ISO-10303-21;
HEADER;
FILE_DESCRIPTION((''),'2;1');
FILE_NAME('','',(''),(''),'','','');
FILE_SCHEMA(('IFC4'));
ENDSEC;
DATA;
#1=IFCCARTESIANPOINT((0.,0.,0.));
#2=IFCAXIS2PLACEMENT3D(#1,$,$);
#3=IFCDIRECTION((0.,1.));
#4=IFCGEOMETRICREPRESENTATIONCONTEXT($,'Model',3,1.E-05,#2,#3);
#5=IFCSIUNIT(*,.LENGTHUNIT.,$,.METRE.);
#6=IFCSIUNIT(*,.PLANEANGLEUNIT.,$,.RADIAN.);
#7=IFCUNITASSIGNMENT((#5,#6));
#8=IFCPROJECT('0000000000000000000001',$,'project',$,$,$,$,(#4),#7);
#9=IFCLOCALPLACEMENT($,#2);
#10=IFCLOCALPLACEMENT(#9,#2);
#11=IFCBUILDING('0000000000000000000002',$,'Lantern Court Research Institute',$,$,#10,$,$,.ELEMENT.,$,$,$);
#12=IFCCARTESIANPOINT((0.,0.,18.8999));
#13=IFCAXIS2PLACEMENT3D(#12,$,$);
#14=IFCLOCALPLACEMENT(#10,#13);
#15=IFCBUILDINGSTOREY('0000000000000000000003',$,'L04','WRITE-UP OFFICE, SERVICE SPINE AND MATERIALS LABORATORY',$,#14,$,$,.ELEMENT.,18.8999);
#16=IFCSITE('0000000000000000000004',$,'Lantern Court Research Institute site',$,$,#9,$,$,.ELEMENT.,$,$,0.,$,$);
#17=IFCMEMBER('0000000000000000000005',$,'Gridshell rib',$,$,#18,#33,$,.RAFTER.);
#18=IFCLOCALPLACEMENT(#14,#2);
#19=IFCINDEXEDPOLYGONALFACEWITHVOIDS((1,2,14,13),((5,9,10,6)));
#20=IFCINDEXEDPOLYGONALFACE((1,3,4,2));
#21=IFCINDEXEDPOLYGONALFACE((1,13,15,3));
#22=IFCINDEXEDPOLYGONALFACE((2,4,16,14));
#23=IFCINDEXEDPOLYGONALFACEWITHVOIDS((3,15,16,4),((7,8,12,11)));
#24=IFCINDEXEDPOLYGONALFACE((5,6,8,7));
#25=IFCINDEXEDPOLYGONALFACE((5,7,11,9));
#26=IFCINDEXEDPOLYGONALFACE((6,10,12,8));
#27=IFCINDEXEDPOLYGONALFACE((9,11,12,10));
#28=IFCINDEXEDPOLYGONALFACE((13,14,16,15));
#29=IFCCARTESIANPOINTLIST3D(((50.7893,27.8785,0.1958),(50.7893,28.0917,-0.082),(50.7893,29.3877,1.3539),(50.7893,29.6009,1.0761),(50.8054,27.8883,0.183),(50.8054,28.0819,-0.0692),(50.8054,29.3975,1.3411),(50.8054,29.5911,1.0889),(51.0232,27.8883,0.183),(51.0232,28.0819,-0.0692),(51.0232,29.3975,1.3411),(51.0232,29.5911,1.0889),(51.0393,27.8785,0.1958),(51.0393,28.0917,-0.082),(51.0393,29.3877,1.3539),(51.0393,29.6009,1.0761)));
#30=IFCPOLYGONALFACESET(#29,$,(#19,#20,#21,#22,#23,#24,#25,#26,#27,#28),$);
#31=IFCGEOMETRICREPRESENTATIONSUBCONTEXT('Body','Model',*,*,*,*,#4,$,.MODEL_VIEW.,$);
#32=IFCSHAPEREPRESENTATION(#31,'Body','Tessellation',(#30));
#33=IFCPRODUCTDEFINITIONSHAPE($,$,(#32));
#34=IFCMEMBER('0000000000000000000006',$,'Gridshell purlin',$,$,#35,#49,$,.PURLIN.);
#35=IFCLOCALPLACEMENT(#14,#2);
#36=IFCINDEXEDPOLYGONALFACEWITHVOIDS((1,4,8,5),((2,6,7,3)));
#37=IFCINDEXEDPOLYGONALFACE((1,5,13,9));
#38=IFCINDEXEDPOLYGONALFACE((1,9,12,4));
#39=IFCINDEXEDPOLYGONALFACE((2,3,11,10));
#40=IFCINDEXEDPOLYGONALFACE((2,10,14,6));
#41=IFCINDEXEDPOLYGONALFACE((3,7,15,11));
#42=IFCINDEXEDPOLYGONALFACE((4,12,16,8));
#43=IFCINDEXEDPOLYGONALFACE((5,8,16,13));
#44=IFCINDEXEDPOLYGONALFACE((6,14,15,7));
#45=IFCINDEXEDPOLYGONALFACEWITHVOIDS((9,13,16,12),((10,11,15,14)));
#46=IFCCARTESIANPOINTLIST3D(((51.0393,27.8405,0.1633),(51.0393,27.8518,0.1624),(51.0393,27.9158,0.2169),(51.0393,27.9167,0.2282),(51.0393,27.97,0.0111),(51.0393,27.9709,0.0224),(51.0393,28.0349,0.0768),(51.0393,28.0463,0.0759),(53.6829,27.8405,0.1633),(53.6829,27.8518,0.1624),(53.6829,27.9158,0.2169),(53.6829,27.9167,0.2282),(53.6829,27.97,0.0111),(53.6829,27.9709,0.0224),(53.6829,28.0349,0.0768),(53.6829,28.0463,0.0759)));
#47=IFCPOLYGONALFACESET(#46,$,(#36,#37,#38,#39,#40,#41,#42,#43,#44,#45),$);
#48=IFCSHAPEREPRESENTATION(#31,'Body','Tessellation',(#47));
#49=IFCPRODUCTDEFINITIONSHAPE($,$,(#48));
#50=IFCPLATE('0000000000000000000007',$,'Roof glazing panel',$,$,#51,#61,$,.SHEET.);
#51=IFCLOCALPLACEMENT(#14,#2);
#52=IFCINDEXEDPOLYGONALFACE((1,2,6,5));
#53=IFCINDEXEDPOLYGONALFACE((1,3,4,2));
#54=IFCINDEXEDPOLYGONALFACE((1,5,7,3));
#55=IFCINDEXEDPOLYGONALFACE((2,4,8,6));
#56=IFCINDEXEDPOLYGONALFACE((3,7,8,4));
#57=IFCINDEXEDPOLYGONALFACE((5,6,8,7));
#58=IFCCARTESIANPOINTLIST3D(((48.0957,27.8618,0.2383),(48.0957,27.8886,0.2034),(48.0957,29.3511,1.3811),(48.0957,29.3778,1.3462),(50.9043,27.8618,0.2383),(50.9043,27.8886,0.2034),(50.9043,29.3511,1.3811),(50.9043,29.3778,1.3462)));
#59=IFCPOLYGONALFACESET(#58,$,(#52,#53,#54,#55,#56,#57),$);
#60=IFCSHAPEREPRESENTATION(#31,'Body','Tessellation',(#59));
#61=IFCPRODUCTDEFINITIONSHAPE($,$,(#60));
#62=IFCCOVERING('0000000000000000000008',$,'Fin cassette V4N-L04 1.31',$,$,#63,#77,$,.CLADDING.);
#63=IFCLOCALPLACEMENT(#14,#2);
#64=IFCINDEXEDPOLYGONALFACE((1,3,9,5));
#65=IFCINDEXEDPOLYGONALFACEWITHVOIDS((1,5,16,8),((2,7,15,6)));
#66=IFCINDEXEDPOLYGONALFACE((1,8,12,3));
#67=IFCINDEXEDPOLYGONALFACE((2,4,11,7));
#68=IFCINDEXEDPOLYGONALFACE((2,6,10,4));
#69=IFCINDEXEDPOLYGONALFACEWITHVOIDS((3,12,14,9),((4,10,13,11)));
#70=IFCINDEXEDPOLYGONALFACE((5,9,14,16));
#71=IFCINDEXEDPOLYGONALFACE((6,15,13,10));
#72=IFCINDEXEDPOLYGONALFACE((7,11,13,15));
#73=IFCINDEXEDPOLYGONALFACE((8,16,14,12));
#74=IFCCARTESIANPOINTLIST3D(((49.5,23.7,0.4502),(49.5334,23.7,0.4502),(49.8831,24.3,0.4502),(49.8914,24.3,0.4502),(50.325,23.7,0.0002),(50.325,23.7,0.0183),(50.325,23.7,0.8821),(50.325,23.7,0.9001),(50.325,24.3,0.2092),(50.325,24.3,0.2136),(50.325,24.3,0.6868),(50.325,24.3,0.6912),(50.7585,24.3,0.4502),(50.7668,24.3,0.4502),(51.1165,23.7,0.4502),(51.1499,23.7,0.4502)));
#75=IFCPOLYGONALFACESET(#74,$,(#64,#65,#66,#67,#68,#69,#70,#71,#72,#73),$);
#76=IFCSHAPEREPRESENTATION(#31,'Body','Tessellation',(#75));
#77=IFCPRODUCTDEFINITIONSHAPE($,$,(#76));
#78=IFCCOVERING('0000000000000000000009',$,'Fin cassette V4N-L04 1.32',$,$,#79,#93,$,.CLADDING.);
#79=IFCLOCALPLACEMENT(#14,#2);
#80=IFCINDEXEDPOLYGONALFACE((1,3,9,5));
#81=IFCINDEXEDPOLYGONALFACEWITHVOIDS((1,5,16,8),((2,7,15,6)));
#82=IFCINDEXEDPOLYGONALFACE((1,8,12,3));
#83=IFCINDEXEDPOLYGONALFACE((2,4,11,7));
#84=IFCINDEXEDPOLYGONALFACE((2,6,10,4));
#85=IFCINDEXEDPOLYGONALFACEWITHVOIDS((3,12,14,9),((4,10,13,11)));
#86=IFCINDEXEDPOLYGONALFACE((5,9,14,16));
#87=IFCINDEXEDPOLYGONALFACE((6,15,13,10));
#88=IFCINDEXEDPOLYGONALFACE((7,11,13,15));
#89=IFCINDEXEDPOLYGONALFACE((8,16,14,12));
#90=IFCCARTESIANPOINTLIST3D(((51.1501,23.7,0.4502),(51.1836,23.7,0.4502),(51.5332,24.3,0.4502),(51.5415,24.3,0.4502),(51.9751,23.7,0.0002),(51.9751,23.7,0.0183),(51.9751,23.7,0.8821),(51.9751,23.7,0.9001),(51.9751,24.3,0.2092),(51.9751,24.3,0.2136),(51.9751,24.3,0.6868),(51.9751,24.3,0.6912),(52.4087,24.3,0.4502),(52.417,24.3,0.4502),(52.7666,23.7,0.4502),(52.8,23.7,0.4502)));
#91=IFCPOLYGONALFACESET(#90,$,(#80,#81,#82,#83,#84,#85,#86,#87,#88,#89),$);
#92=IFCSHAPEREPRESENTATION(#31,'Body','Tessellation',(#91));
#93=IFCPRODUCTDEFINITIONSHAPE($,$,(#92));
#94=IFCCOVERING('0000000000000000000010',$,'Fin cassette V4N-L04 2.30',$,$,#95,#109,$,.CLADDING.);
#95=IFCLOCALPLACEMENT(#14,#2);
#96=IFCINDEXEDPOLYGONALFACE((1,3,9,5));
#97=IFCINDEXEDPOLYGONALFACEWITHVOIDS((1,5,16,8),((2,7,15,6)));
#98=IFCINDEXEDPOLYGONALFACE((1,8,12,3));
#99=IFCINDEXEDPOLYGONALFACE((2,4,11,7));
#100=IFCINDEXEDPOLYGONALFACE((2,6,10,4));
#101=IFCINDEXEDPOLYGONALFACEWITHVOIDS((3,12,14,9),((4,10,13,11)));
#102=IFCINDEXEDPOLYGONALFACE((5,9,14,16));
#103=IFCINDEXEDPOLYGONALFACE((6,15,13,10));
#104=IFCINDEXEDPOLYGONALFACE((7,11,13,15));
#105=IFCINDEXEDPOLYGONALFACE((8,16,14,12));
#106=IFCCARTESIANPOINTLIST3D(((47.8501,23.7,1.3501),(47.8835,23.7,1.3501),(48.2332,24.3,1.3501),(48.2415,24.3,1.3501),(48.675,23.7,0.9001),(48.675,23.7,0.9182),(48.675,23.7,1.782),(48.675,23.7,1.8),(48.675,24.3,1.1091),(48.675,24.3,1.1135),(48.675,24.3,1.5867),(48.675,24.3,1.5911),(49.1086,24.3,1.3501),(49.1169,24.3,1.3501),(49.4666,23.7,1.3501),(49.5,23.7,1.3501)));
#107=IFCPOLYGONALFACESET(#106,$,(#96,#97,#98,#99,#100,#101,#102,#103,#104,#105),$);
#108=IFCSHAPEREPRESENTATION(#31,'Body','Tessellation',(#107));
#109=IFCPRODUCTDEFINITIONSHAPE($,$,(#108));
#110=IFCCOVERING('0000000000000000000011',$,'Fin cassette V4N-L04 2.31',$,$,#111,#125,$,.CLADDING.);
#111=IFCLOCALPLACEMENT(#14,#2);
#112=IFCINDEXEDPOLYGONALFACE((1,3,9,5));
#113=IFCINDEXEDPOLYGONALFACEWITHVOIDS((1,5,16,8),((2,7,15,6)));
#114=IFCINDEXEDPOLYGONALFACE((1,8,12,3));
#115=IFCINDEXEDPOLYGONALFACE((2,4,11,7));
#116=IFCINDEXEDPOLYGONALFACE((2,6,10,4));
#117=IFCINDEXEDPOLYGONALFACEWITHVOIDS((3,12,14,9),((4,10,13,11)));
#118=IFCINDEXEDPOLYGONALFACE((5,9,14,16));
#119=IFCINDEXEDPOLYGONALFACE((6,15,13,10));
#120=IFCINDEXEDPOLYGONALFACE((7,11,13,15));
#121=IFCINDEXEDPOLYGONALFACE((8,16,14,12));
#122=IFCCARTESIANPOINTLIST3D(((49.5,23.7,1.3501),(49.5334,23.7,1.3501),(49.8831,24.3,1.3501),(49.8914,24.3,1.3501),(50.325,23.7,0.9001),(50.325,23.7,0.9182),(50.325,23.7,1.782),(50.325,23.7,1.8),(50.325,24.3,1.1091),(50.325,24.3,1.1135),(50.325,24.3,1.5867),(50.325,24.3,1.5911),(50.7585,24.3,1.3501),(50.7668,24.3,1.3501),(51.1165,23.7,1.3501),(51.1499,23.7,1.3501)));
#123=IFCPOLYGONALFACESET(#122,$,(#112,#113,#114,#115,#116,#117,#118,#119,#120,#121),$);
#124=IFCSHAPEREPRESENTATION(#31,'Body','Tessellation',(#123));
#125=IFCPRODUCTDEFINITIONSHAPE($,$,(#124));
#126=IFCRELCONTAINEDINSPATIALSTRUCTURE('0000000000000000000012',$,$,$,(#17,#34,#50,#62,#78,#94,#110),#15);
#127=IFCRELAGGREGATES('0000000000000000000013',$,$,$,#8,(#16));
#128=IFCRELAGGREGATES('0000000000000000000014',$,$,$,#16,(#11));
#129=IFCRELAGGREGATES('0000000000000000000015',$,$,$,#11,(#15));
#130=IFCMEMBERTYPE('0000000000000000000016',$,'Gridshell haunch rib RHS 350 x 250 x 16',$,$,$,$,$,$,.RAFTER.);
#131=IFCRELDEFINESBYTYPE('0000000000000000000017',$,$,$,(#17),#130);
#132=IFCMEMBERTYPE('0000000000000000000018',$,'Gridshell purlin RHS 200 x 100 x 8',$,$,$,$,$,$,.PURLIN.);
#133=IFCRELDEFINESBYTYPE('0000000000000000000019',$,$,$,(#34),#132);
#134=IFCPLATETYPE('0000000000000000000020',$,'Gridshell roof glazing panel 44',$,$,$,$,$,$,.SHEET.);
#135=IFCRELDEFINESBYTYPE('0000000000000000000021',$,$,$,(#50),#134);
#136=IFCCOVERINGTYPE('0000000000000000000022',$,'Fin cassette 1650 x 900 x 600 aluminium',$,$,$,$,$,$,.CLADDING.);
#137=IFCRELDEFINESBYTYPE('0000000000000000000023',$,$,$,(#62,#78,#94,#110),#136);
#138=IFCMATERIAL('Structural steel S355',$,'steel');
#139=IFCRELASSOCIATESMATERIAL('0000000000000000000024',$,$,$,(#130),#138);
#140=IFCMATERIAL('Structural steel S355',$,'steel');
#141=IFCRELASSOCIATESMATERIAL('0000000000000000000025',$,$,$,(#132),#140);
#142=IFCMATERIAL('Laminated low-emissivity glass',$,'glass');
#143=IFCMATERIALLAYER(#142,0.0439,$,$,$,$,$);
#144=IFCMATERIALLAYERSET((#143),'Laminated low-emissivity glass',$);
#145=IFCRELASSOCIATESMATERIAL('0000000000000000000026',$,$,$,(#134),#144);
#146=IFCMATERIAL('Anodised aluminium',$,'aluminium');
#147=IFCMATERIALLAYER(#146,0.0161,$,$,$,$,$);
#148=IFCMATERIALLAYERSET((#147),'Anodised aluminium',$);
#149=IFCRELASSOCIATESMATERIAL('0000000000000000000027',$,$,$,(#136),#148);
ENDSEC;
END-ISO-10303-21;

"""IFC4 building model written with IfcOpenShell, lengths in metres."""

from ifc_helpers import new_model, entity, si_unit, direction, frame, origin, origin_2d, place, context, subcontext, project, spatial, polyline, hollow_rectangle, outline, extrude, material, layer, layer_set, material_profile, profile_set, type_object, element, save


model = new_model("IFC4")

# Units and contexts
model_context = context("Model", 3, precision=1e-05, world=origin(), true_north=direction((0.0, 1.0)))
body_context = subcontext(model_context, "Body", "Model", "MODEL_VIEW")
ifc_project = project(units=[si_unit("LENGTHUNIT", "METRE"), si_unit("PLANEANGLEUNIT", "RADIAN")], contexts=[model_context])

# Site, building, storey
site_placement = place(None, origin())
site = spatial("IfcSite", under=ifc_project, at=site_placement, Name="Lantern Court Research Institute site", CompositionType="ELEMENT", RefElevation=0.0)
building_placement = place(site_placement, origin())
building = spatial("IfcBuilding", under=site, at=building_placement, Name="Lantern Court Research Institute", CompositionType="ELEMENT")
storey_placement = place(building_placement, frame((0.0, 0.0, 18.8999)))
storey = spatial("IfcBuildingStorey", under=building, at=storey_placement, Name="L04", Description="WRITE-UP OFFICE, SERVICE SPINE AND MATERIALS LABORATORY", CompositionType="ELEMENT", Elevation=18.8999)

# Members
ifc_material_1 = material(Name="Structural steel S355", Category="steel")
ifc_material_profile_1 = material_profile(ifc_material_1, hollow_rectangle(XDim=0.25, YDim=0.3501, WallThickness=0.0161, at=origin_2d()), Name="Gridshell haunch rib RHS 350 x 250 x 16")
ifc_profile_set_1 = profile_set([ifc_material_profile_1], Name="Structural steel S355")
member_type_1 = type_object("IfcMemberType", Name="Gridshell haunch rib RHS 350 x 250 x 16", PredefinedType="RAFTER", material=ifc_profile_set_1)
member_1_placement = place(storey_placement, frame((50.9143, 27.9851, 0.0569), z_axis=(0.0, 0.79333, 0.608792), x_axis=(-1.0, 0.0, 0.0)))
element("IfcMember", 1, at=member_1_placement, inside=storey, type_object=member_type_1, Name="Gridshell rib", PredefinedType="RAFTER", context=body_context, shape_type="SweptSolid", body=[
    extrude(hollow_rectangle(XDim=0.25, YDim=0.3501, WallThickness=0.0161, at=origin_2d()), origin(), (0.0, 0.0, 1.0), 1.9023),
])
ifc_material_2 = material(Name="Structural steel S355", Category="steel")
ifc_material_profile_2 = material_profile(ifc_material_2, hollow_rectangle(XDim=0.1001, YDim=0.2, WallThickness=0.0081, at=origin_2d()), Name="Gridshell purlin RHS 200 x 100 x 8")
ifc_profile_set_2 = profile_set([ifc_material_profile_2], Name="Structural steel S355")
member_type_2 = type_object("IfcMemberType", Name="Gridshell purlin RHS 200 x 100 x 8", PredefinedType="PURLIN", material=ifc_profile_set_2)
member_2_placement = place(storey_placement, frame((51.0393, 27.9434, 0.1196), z_axis=(1.0, 0.0, 0.0), x_axis=(0.0, 0.761673, 0.647962)))
element("IfcMember", 2, at=member_2_placement, inside=storey, type_object=member_type_2, Name="Gridshell purlin", PredefinedType="PURLIN", context=body_context, shape_type="SweptSolid", body=[
    extrude(hollow_rectangle(XDim=0.1001, YDim=0.2, WallThickness=0.0081, at=origin_2d()), origin(), (0.0, 0.0, 1.0), 2.6436),
])

# Plate
ifc_material_3 = material(Name="Laminated low-emissivity glass", Category="glass")
ifc_layer_1 = layer(ifc_material_3, 0.0439)
ifc_layer_set_1 = layer_set([ifc_layer_1], Name="Laminated low-emissivity glass")
plate_type = type_object("IfcPlateType", Name="Gridshell roof glazing panel 44", PredefinedType="SHEET", material=ifc_layer_set_1)
plate_placement = place(storey_placement, frame((50.9043, 27.8618, 0.2383), z_axis=(0.0, -0.608786, 0.793334), x_axis=(-1.0, 0.0, 0.0)))
element("IfcPlate", 3, at=plate_placement, inside=storey, type_object=plate_type, Name="Roof glazing panel", PredefinedType="SHEET", context=body_context, shape_type="SweptSolid", body=[
    extrude(outline(polyline([(0.0, 0.0), (2.8086, 0.0), (2.8086, -1.8772), (0.0, -1.8772), (0.0, 0.0)])), origin(), (0.0, 0.0, -1.0), 0.0439),
])

# Coverings
ifc_material_4 = material(Name="Anodised aluminium", Category="aluminium")
ifc_layer_2 = layer(ifc_material_4, 0.0161)
ifc_layer_set_2 = layer_set([ifc_layer_2], Name="Anodised aluminium")
covering_type_1 = type_object("IfcCoveringType", Name="Fin cassette 1650 x 900 x 600 aluminium", PredefinedType="CLADDING", material=ifc_layer_set_2)
covering_1_placement = place(storey_placement, frame((50.325, 23.7, 0.4502), z_axis=(0.0, 1.0, 0.0), x_axis=(-1.0, 0.0, 0.0)))
cartesian_point_1 = entity("IfcCartesianPoint", [0.825, 0.0])
cartesian_point_2 = entity("IfcCartesianPoint", [0.7915, 0.0])
cartesian_point_3 = entity("IfcCartesianPoint", [0.4419, 0.0])
cartesian_point_4 = entity("IfcCartesianPoint", [0.4336, 0.0])
element("IfcCovering", 4, at=covering_1_placement, inside=storey, type_object=covering_type_1, Name="Fin cassette V4N-L04 1.31", PredefinedType="CLADDING", context=body_context, shape_type="SweptSolid", body=[
    entity("IfcExtrudedAreaSolidTapered", entity("IfcArbitraryProfileDefWithVoids", "AREA", None, entity("IfcPolyline", [cartesian_point_1, entity("IfcCartesianPoint", [0.0, 0.45]), entity("IfcCartesianPoint", [-0.825, 0.0]), entity("IfcCartesianPoint", [0.0, -0.45]), cartesian_point_1]), [entity("IfcPolyline", [cartesian_point_2, entity("IfcCartesianPoint", [0.0, 0.4319]), entity("IfcCartesianPoint", [-0.7915, 0.0]), entity("IfcCartesianPoint", [0.0, -0.4319]), cartesian_point_2])]), entity("IfcAxis2Placement3D", entity("IfcCartesianPoint", [0.0, 0.0, 0.0])), entity("IfcDirection", [0.0, 0.0, 1.0]), 0.6001, entity("IfcArbitraryProfileDefWithVoids", "AREA", None, entity("IfcPolyline", [cartesian_point_3, entity("IfcCartesianPoint", [0.0, 0.241]), entity("IfcCartesianPoint", [-0.4419, 0.0]), entity("IfcCartesianPoint", [0.0, -0.241]), cartesian_point_3]), [entity("IfcPolyline", [cartesian_point_4, entity("IfcCartesianPoint", [0.0, 0.2366]), entity("IfcCartesianPoint", [-0.4336, 0.0]), entity("IfcCartesianPoint", [0.0, -0.2366]), cartesian_point_4])])),
])
covering_2_placement = place(storey_placement, frame((51.9751, 23.7, 0.4502), z_axis=(0.0, 1.0, 0.0), x_axis=(-1.0, 0.0, 0.0)))
cartesian_point_5 = entity("IfcCartesianPoint", [0.825, 0.0])
cartesian_point_6 = entity("IfcCartesianPoint", [0.7915, 0.0])
cartesian_point_7 = entity("IfcCartesianPoint", [0.4419, 0.0])
cartesian_point_8 = entity("IfcCartesianPoint", [0.4336, 0.0])
element("IfcCovering", 5, at=covering_2_placement, inside=storey, type_object=covering_type_1, Name="Fin cassette V4N-L04 1.32", PredefinedType="CLADDING", context=body_context, shape_type="SweptSolid", body=[
    entity("IfcExtrudedAreaSolidTapered", entity("IfcArbitraryProfileDefWithVoids", "AREA", None, entity("IfcPolyline", [cartesian_point_5, entity("IfcCartesianPoint", [0.0, 0.45]), entity("IfcCartesianPoint", [-0.825, 0.0]), entity("IfcCartesianPoint", [0.0, -0.45]), cartesian_point_5]), [entity("IfcPolyline", [cartesian_point_6, entity("IfcCartesianPoint", [0.0, 0.4319]), entity("IfcCartesianPoint", [-0.7915, 0.0]), entity("IfcCartesianPoint", [0.0, -0.4319]), cartesian_point_6])]), entity("IfcAxis2Placement3D", entity("IfcCartesianPoint", [0.0, 0.0, 0.0])), entity("IfcDirection", [0.0, 0.0, 1.0]), 0.6001, entity("IfcArbitraryProfileDefWithVoids", "AREA", None, entity("IfcPolyline", [cartesian_point_7, entity("IfcCartesianPoint", [0.0, 0.241]), entity("IfcCartesianPoint", [-0.4419, 0.0]), entity("IfcCartesianPoint", [0.0, -0.241]), cartesian_point_7]), [entity("IfcPolyline", [cartesian_point_8, entity("IfcCartesianPoint", [0.0, 0.2366]), entity("IfcCartesianPoint", [-0.4336, 0.0]), entity("IfcCartesianPoint", [0.0, -0.2366]), cartesian_point_8])])),
])
covering_3_placement = place(storey_placement, frame((48.675, 23.7, 1.3501), z_axis=(0.0, 1.0, 0.0), x_axis=(-1.0, 0.0, 0.0)))
cartesian_point_9 = entity("IfcCartesianPoint", [0.825, 0.0])
cartesian_point_10 = entity("IfcCartesianPoint", [0.7915, 0.0])
cartesian_point_11 = entity("IfcCartesianPoint", [0.4419, 0.0])
cartesian_point_12 = entity("IfcCartesianPoint", [0.4336, 0.0])
element("IfcCovering", 6, at=covering_3_placement, inside=storey, type_object=covering_type_1, Name="Fin cassette V4N-L04 2.30", PredefinedType="CLADDING", context=body_context, shape_type="SweptSolid", body=[
    entity("IfcExtrudedAreaSolidTapered", entity("IfcArbitraryProfileDefWithVoids", "AREA", None, entity("IfcPolyline", [cartesian_point_9, entity("IfcCartesianPoint", [0.0, 0.45]), entity("IfcCartesianPoint", [-0.825, 0.0]), entity("IfcCartesianPoint", [0.0, -0.45]), cartesian_point_9]), [entity("IfcPolyline", [cartesian_point_10, entity("IfcCartesianPoint", [0.0, 0.4319]), entity("IfcCartesianPoint", [-0.7915, 0.0]), entity("IfcCartesianPoint", [0.0, -0.4319]), cartesian_point_10])]), entity("IfcAxis2Placement3D", entity("IfcCartesianPoint", [0.0, 0.0, 0.0])), entity("IfcDirection", [0.0, 0.0, 1.0]), 0.6001, entity("IfcArbitraryProfileDefWithVoids", "AREA", None, entity("IfcPolyline", [cartesian_point_11, entity("IfcCartesianPoint", [0.0, 0.241]), entity("IfcCartesianPoint", [-0.4419, 0.0]), entity("IfcCartesianPoint", [0.0, -0.241]), cartesian_point_11]), [entity("IfcPolyline", [cartesian_point_12, entity("IfcCartesianPoint", [0.0, 0.2366]), entity("IfcCartesianPoint", [-0.4336, 0.0]), entity("IfcCartesianPoint", [0.0, -0.2366]), cartesian_point_12])])),
])
covering_4_placement = place(storey_placement, frame((50.325, 23.7, 1.3501), z_axis=(0.0, 1.0, 0.0), x_axis=(-1.0, 0.0, 0.0)))
cartesian_point_13 = entity("IfcCartesianPoint", [0.825, 0.0])
cartesian_point_14 = entity("IfcCartesianPoint", [0.7915, 0.0])
cartesian_point_15 = entity("IfcCartesianPoint", [0.4419, 0.0])
cartesian_point_16 = entity("IfcCartesianPoint", [0.4336, 0.0])
element("IfcCovering", 7, at=covering_4_placement, inside=storey, type_object=covering_type_1, Name="Fin cassette V4N-L04 2.31", PredefinedType="CLADDING", context=body_context, shape_type="SweptSolid", body=[
    entity("IfcExtrudedAreaSolidTapered", entity("IfcArbitraryProfileDefWithVoids", "AREA", None, entity("IfcPolyline", [cartesian_point_13, entity("IfcCartesianPoint", [0.0, 0.45]), entity("IfcCartesianPoint", [-0.825, 0.0]), entity("IfcCartesianPoint", [0.0, -0.45]), cartesian_point_13]), [entity("IfcPolyline", [cartesian_point_14, entity("IfcCartesianPoint", [0.0, 0.4319]), entity("IfcCartesianPoint", [-0.7915, 0.0]), entity("IfcCartesianPoint", [0.0, -0.4319]), cartesian_point_14])]), entity("IfcAxis2Placement3D", entity("IfcCartesianPoint", [0.0, 0.0, 0.0])), entity("IfcDirection", [0.0, 0.0, 1.0]), 0.6001, entity("IfcArbitraryProfileDefWithVoids", "AREA", None, entity("IfcPolyline", [cartesian_point_15, entity("IfcCartesianPoint", [0.0, 0.241]), entity("IfcCartesianPoint", [-0.4419, 0.0]), entity("IfcCartesianPoint", [0.0, -0.241]), cartesian_point_15]), [entity("IfcPolyline", [cartesian_point_16, entity("IfcCartesianPoint", [0.0, 0.2366]), entity("IfcCartesianPoint", [-0.4336, 0.0]), entity("IfcCartesianPoint", [0.0, -0.2366]), cartesian_point_16])])),
])

save(model, "model.ifc")
